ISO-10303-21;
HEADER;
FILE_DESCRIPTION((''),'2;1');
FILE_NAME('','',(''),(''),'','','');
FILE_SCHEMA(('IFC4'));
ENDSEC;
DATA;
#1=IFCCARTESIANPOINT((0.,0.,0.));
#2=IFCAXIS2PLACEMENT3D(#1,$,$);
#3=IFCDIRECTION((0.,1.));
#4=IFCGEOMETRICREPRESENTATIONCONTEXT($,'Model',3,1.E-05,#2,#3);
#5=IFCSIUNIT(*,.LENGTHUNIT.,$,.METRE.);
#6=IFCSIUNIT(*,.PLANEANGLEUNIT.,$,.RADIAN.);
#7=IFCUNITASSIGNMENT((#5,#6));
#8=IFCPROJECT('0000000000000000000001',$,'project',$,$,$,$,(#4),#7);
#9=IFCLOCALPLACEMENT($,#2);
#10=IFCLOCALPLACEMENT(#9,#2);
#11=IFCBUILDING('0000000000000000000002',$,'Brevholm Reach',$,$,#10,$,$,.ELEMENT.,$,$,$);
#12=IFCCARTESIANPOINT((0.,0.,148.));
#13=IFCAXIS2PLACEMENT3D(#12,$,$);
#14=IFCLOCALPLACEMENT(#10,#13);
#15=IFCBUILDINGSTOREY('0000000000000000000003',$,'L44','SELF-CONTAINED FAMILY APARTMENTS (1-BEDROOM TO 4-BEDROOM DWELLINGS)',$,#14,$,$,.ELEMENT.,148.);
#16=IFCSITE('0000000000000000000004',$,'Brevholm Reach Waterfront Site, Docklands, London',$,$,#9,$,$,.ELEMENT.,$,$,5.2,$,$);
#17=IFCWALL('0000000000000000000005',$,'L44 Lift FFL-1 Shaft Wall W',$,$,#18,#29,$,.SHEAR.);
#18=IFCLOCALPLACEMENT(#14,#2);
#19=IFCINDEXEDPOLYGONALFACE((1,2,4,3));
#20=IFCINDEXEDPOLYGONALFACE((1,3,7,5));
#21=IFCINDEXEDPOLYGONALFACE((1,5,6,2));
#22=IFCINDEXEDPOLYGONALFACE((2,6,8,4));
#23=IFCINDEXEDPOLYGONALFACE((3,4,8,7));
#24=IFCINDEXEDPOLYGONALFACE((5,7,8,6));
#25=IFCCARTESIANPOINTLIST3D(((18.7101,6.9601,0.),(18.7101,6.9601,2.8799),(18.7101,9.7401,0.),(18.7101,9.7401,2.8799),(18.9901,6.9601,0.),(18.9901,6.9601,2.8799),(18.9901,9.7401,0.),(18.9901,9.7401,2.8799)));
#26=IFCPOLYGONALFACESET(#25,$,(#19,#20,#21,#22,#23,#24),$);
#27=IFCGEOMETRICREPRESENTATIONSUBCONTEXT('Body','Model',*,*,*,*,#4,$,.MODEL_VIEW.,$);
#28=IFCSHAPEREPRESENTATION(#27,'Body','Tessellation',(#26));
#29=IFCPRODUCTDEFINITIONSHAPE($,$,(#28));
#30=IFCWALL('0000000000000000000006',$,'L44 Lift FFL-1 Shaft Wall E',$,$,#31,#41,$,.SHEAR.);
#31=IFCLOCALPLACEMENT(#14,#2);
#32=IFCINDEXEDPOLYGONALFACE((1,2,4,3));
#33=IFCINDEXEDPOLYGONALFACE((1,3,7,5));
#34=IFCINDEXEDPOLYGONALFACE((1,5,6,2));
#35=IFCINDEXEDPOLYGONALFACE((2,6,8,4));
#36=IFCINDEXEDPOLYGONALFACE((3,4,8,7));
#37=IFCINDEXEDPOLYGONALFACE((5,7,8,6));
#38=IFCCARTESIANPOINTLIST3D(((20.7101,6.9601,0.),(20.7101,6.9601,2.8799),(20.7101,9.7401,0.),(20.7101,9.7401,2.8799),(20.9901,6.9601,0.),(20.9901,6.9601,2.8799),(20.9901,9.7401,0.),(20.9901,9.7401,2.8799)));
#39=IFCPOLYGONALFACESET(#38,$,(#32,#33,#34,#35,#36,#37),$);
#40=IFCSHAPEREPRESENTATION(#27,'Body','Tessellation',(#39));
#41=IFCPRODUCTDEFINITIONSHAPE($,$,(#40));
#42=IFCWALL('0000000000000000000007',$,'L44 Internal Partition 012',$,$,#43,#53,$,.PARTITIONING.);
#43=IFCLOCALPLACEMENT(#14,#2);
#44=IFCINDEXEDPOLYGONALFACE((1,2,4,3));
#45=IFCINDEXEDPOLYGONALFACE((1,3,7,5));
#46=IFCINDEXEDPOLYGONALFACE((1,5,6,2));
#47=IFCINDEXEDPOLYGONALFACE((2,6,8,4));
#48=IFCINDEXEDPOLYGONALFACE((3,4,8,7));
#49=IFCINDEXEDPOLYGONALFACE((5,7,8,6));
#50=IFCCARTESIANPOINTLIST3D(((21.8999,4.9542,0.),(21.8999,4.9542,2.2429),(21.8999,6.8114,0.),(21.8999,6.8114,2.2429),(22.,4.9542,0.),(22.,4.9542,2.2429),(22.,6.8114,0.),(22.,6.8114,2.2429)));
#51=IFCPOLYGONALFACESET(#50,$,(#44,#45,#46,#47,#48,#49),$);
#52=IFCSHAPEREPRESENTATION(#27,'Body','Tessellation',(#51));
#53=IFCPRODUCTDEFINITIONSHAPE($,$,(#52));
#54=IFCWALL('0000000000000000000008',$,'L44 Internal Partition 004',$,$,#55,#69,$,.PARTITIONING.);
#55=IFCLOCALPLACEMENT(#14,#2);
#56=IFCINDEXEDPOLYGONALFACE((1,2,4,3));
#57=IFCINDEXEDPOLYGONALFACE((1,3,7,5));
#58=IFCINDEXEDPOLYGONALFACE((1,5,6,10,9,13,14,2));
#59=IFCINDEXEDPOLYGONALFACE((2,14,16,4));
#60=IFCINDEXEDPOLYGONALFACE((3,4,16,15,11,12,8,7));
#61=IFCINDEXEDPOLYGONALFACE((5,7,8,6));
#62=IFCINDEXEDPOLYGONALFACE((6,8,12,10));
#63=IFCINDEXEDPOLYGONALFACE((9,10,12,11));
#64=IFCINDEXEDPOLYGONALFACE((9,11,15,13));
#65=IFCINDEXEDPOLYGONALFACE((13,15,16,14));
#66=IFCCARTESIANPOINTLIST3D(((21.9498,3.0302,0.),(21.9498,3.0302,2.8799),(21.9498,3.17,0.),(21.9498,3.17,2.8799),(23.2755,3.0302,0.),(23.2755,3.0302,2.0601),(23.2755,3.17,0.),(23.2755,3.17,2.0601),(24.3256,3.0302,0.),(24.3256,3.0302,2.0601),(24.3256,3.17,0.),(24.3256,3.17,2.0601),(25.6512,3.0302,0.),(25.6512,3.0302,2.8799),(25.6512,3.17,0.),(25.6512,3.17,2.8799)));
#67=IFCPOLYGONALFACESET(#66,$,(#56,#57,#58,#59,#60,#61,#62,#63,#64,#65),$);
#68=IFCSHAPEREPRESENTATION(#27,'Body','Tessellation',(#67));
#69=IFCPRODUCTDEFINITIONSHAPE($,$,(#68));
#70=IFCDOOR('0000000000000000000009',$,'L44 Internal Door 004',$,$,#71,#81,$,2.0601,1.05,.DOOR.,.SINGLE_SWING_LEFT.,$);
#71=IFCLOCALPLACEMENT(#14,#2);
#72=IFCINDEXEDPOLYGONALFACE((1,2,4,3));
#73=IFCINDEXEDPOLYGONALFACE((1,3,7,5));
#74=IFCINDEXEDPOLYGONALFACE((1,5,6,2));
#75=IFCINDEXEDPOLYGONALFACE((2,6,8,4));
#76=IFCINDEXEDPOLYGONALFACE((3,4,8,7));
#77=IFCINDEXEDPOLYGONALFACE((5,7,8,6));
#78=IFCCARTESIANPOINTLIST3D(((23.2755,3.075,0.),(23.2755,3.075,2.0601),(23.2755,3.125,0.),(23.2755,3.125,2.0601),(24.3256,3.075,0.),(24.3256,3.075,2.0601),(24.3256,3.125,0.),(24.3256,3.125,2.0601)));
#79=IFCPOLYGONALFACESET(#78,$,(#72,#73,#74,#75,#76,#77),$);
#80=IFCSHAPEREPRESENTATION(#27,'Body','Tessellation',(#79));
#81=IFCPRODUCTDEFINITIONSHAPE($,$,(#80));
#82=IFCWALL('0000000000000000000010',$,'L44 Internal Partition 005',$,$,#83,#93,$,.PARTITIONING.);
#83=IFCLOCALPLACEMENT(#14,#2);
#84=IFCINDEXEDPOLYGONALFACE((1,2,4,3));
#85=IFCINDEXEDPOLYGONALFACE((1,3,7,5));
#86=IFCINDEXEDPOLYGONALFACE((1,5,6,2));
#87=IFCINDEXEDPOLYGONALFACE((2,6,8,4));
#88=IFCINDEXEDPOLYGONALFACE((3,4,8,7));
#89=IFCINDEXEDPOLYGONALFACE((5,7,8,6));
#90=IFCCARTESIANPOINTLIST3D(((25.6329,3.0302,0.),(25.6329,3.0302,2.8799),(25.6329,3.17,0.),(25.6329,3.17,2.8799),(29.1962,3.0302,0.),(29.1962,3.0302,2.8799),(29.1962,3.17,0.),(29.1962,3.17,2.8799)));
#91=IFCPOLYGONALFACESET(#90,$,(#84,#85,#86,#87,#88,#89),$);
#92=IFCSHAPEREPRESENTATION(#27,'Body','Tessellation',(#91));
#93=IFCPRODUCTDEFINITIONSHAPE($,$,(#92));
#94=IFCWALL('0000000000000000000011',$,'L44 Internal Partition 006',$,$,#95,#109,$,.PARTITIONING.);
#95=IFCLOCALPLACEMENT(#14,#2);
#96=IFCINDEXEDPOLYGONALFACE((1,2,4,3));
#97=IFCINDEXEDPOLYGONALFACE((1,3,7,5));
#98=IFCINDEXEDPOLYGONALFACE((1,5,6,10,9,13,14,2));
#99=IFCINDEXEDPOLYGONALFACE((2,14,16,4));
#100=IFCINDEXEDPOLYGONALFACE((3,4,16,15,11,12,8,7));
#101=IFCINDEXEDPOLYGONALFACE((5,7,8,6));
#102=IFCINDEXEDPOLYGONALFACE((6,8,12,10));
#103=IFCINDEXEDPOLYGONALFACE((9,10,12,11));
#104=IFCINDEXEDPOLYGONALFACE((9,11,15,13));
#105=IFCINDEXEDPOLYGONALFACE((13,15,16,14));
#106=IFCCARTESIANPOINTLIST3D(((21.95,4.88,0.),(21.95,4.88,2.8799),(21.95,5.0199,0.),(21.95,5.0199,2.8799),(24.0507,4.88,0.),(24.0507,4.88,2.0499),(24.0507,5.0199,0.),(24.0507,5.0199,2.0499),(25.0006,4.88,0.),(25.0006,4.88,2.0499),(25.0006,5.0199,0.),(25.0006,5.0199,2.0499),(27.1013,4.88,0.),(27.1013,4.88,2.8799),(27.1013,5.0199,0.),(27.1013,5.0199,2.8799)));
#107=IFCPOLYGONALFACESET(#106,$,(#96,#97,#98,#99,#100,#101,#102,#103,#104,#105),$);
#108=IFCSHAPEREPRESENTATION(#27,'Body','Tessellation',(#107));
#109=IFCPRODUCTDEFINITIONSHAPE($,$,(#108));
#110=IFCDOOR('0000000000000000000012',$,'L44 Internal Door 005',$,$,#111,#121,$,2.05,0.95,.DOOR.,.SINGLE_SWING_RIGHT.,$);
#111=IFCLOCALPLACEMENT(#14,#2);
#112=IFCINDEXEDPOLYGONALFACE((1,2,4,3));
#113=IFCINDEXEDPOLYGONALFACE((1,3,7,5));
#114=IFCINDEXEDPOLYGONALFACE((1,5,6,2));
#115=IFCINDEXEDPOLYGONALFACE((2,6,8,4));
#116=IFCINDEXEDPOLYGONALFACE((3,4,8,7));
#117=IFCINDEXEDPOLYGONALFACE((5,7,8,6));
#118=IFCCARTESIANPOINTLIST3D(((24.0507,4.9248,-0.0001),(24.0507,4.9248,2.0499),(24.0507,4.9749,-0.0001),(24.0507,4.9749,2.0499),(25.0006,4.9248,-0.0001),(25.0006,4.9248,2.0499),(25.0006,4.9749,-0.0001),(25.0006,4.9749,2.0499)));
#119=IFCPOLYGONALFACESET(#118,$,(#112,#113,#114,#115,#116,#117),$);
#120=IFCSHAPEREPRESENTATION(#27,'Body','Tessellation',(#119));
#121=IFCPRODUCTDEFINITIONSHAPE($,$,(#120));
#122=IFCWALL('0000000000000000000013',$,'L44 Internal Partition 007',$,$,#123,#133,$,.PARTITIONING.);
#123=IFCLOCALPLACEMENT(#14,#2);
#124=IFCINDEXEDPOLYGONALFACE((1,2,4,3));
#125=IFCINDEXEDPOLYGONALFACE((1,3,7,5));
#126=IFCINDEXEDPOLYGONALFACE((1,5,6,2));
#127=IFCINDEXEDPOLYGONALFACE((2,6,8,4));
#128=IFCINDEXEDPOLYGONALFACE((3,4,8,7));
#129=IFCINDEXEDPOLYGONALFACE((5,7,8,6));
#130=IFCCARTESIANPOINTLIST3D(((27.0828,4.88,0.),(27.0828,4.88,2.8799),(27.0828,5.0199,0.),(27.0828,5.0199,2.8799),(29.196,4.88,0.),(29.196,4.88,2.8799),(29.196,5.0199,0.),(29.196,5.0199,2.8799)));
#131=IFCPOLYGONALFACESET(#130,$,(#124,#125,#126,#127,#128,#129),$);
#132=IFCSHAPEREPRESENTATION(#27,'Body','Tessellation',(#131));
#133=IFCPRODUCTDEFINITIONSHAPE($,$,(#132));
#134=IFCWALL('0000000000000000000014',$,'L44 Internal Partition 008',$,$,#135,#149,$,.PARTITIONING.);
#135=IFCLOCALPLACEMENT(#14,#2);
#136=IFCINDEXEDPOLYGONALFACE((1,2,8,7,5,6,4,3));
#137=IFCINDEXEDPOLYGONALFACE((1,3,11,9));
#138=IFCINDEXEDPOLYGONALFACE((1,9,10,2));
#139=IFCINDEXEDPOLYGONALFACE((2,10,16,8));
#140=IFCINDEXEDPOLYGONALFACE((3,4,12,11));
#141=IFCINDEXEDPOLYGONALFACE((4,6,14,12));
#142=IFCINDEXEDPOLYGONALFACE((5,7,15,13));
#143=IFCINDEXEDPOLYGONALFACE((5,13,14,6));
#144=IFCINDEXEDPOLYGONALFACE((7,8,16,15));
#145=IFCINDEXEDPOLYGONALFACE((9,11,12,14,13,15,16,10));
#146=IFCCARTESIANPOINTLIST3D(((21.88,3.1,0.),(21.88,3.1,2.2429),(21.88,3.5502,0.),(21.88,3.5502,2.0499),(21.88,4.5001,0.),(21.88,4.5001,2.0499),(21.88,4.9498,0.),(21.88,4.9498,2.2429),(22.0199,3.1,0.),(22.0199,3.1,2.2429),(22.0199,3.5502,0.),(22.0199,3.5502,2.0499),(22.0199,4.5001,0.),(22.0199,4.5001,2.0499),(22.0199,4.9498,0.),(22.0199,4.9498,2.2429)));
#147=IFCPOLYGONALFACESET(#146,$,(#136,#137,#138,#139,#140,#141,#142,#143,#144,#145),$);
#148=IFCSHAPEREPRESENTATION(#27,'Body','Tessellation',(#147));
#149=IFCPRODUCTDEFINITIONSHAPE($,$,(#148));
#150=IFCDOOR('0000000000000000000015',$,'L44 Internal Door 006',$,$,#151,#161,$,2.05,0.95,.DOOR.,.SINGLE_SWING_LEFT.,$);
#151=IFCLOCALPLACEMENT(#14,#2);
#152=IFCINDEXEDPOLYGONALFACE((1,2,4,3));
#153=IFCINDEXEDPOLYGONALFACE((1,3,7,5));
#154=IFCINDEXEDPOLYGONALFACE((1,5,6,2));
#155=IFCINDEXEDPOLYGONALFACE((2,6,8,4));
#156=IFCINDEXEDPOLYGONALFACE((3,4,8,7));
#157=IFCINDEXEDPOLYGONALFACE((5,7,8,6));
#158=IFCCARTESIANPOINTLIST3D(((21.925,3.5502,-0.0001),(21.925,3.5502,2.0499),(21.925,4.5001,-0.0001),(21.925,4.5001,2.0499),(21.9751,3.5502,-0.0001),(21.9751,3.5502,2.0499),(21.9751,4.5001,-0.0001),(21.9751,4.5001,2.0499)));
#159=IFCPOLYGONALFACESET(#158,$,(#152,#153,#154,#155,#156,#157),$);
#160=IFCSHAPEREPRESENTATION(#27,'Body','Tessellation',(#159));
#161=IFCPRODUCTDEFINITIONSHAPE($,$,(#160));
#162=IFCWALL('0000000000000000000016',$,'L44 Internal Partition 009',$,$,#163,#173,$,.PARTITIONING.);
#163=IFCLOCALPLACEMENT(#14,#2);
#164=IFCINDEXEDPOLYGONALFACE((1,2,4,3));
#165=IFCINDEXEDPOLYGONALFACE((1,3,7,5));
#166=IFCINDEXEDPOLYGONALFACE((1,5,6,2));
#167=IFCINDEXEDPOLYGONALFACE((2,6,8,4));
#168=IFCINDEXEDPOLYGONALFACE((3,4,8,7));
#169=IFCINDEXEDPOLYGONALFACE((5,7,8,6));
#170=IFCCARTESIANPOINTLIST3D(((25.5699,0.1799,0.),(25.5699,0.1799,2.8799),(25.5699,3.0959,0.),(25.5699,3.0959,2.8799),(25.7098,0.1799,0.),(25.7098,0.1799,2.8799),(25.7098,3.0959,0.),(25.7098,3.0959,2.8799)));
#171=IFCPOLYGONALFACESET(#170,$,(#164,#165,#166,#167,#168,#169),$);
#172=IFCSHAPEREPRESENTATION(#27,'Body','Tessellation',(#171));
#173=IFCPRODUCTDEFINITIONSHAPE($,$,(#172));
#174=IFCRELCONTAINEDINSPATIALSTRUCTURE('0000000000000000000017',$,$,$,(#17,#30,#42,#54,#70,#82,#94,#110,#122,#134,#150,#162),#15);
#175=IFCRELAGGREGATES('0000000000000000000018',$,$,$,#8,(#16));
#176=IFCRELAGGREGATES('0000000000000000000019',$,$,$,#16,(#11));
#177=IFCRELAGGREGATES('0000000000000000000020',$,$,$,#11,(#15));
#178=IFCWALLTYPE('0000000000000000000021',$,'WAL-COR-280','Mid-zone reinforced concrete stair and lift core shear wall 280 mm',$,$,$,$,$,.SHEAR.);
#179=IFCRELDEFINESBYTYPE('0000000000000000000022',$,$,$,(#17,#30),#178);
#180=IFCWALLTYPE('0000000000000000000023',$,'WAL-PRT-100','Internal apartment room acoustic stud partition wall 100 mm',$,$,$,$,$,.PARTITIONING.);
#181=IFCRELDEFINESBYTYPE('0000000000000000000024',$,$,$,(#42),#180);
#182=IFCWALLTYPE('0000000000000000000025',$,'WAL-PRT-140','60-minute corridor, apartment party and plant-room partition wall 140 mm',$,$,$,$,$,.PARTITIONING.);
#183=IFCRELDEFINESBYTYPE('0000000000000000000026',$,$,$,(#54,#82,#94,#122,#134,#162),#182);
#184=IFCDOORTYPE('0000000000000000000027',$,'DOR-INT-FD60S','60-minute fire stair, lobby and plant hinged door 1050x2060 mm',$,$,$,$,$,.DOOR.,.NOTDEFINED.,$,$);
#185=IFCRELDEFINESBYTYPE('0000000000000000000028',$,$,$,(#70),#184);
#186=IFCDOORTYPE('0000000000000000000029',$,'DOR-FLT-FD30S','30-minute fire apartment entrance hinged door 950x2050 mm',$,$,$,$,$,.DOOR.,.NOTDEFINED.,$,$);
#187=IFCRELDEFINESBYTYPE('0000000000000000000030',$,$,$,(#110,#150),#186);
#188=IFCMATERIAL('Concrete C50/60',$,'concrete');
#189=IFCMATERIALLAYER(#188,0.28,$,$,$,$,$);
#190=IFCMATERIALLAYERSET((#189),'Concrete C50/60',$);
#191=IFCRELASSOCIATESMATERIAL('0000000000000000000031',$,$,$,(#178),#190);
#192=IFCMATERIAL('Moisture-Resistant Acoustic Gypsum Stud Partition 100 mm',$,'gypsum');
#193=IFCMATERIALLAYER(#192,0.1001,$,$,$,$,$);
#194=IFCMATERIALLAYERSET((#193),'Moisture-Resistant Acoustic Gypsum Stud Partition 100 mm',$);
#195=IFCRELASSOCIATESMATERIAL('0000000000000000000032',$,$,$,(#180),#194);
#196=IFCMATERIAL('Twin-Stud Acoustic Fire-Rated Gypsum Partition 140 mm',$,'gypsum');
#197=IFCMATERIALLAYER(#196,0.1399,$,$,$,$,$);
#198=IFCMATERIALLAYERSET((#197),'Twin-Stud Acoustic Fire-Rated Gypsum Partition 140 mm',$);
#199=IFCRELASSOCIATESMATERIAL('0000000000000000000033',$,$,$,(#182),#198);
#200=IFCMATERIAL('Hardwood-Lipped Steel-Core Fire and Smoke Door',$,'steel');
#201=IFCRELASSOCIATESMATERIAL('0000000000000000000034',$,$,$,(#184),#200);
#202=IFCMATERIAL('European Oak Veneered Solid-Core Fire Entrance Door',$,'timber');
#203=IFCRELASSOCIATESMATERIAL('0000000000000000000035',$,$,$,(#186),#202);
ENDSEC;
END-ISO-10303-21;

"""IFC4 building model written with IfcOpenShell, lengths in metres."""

from ifc_helpers import new_model, si_unit, direction, frame, frame_2d, origin, place, context, subcontext, project, spatial, rectangle, extrude, material, layer, layer_set, type_object, element, fill, save


model = new_model("IFC4")

# Units and contexts
model_context = context("Model", 3, precision=1e-05, world=origin(), true_north=direction((0.0, 1.0)))
body_context = subcontext(model_context, "Body", "Model", "MODEL_VIEW")
ifc_project = project(units=[si_unit("LENGTHUNIT", "METRE"), si_unit("PLANEANGLEUNIT", "RADIAN")], contexts=[model_context])

# Site, building, storey
site_placement = place(None, origin())
site = spatial("IfcSite", under=ifc_project, at=site_placement, Name="Brevholm Reach Waterfront Site, Docklands, London", CompositionType="ELEMENT", RefElevation=5.2)
building_placement = place(site_placement, origin())
building = spatial("IfcBuilding", under=site, at=building_placement, Name="Brevholm Reach", CompositionType="ELEMENT")
storey_placement = place(building_placement, frame((0.0, 0.0, 148.0)))
storey = spatial("IfcBuildingStorey", under=building, at=storey_placement, Name="L44", Description="SELF-CONTAINED FAMILY APARTMENTS (1-BEDROOM TO 4-BEDROOM DWELLINGS)", CompositionType="ELEMENT", Elevation=148.0)

# Walls
ifc_material_1 = material(Name="Concrete C50/60", Category="concrete")
ifc_layer_1 = layer(ifc_material_1, 0.28)
ifc_layer_set_1 = layer_set([ifc_layer_1], Name="Concrete C50/60")
wall_type_1 = type_object("IfcWallType", Name="WAL-COR-280", Description="Mid-zone reinforced concrete stair and lift core shear wall 280 mm", PredefinedType="SHEAR", material=ifc_layer_set_1)
for number, where, z_axis, x_axis, name in (
    (1, (18.8501, 6.96, 0.0), (0.0, 0.0, 1.0), (0.0, 1.0, 0.0), "L44 Lift FFL-1 Shaft Wall W"),
    (2, (20.8501, 6.96, 0.0), (0.0, 0.0, 1.0), (0.0, 1.0, 0.0), "L44 Lift FFL-1 Shaft Wall E"),
):
    element("IfcWall", number, at=place(storey_placement, frame(where, z_axis=z_axis, x_axis=x_axis)), inside=storey, type_object=wall_type_1, Name=name, PredefinedType="SHEAR", context=body_context, shape_type="SweptSolid", body=[
        extrude(rectangle(XDim=2.78, YDim=0.28, at=frame_2d((1.3901, 0.0))), origin(), (0.0, 0.0, 1.0), 2.8799),
    ])
ifc_material_2 = material(Name="Moisture-Resistant Acoustic Gypsum Stud Partition 100 mm", Category="gypsum")
ifc_layer_2 = layer(ifc_material_2, 0.1001)
ifc_layer_set_2 = layer_set([ifc_layer_2], Name="Moisture-Resistant Acoustic Gypsum Stud Partition 100 mm")
wall_type_2 = type_object("IfcWallType", Name="WAL-PRT-100", Description="Internal apartment room acoustic stud partition wall 100 mm", PredefinedType="PARTITIONING", material=ifc_layer_set_2)
wall_1_placement = place(storey_placement, frame((21.95, 4.9541, 0.0), z_axis=(0.0, 0.0, 1.0), x_axis=(0.0, 1.0, 0.0)))
element("IfcWall", 3, at=wall_1_placement, inside=storey, type_object=wall_type_2, Name="L44 Internal Partition 012", PredefinedType="PARTITIONING", context=body_context, shape_type="SweptSolid", body=[
    extrude(rectangle(XDim=1.8572, YDim=0.1001, at=frame_2d((0.9287, 0.0))), origin(), (0.0, 0.0, 1.0), 2.2429),
])

# Wall, opening, door
ifc_material_3 = material(Name="Twin-Stud Acoustic Fire-Rated Gypsum Partition 140 mm", Category="gypsum")
ifc_layer_3 = layer(ifc_material_3, 0.1399)
ifc_layer_set_3 = layer_set([ifc_layer_3], Name="Twin-Stud Acoustic Fire-Rated Gypsum Partition 140 mm")
wall_type_3 = type_object("IfcWallType", Name="WAL-PRT-140", Description="60-minute corridor, apartment party and plant-room partition wall 140 mm", PredefinedType="PARTITIONING", material=ifc_layer_set_3)
wall_2_placement = place(storey_placement, frame((21.95, 3.1001, 0.0), z_axis=(0.0, 0.0, 1.0), x_axis=(1.0, 0.0, 0.0)))
wall_2 = element("IfcWall", 4, at=wall_2_placement, inside=storey, type_object=wall_type_3, Name="L44 Internal Partition 004", PredefinedType="PARTITIONING", context=body_context, shape_type="SweptSolid", body=[
    extrude(rectangle(XDim=3.7014, YDim=0.1399, at=frame_2d((1.8506, 0.0))), origin(), (0.0, 0.0, 1.0), 2.8799),
])
opening_1_placement = place(wall_2_placement, frame((1.3257, 0.0, 0.0)))
opening_1 = element("IfcOpeningElement", 5, at=opening_1_placement, cuts=wall_2, PredefinedType="OPENING", context=body_context, shape_type="SweptSolid", body=[
    extrude(rectangle(XDim=1.05, YDim=2.0601, at=frame_2d((0.5249, 1.03))), frame((0.0, 0.0798, 0.0), z_axis=(0.0, -1.0, 0.0), x_axis=(1.0, 0.0, 0.0)), (0.0, 0.0, 1.0), 0.1599),
])
ifc_material_4 = material(Name="Hardwood-Lipped Steel-Core Fire and Smoke Door", Category="steel")
door_type_1 = type_object("IfcDoorType", Name="DOR-INT-FD60S", Description="60-minute fire stair, lobby and plant hinged door 1050x2060 mm", OperationType="NOTDEFINED", PredefinedType="DOOR", material=ifc_material_4)
door_1_placement = place(opening_1_placement, origin())
door_1 = element("IfcDoor", 6, at=door_1_placement, inside=storey, type_object=door_type_1, Name="L44 Internal Door 004", OperationType="SINGLE_SWING_LEFT", OverallHeight=2.0601, OverallWidth=1.05, PredefinedType="DOOR", context=body_context, shape_type="SweptSolid", body=[
    extrude(rectangle(XDim=1.05, YDim=2.0601, at=frame_2d((0.5249, 1.03))), frame((0.0, 0.0249, 0.0), z_axis=(0.0, -1.0, 0.0), x_axis=(1.0, 0.0, 0.0)), (0.0, 0.0, 1.0), 0.05),
])
fill(opening_1, door_1)

# Wall
wall_3_placement = place(storey_placement, frame((25.6328, 3.1001, 0.0), z_axis=(0.0, 0.0, 1.0), x_axis=(1.0, 0.0, 0.0)))
element("IfcWall", 7, at=wall_3_placement, inside=storey, type_object=wall_type_3, Name="L44 Internal Partition 005", PredefinedType="PARTITIONING", context=body_context, shape_type="SweptSolid", body=[
    extrude(rectangle(XDim=3.5632, YDim=0.1399, at=frame_2d((1.7817, 0.0))), origin(), (0.0, 0.0, 1.0), 2.8799),
])

# Wall, opening, door
wall_4_placement = place(storey_placement, frame((21.95, 4.95, 0.0), z_axis=(0.0, 0.0, 1.0), x_axis=(1.0, 0.0, 0.0)))
wall_4 = element("IfcWall", 8, at=wall_4_placement, inside=storey, type_object=wall_type_3, Name="L44 Internal Partition 006", PredefinedType="PARTITIONING", context=body_context, shape_type="SweptSolid", body=[
    extrude(rectangle(XDim=5.1514, YDim=0.1399, at=frame_2d((2.5757, 0.0))), origin(), (0.0, 0.0, 1.0), 2.8799),
])
opening_2_placement = place(wall_4_placement, frame((2.1006, 0.0, 0.0)))
opening_2 = element("IfcOpeningElement", 9, at=opening_2_placement, cuts=wall_4, PredefinedType="OPENING", context=body_context, shape_type="SweptSolid", body=[
    extrude(rectangle(XDim=0.95, YDim=2.05, at=frame_2d((0.4751, 1.0249))), frame((0.0, 0.0798, 0.0), z_axis=(0.0, -1.0, 0.0), x_axis=(1.0, 0.0, 0.0)), (0.0, 0.0, 1.0), 0.1599),
])
ifc_material_5 = material(Name="European Oak Veneered Solid-Core Fire Entrance Door", Category="timber")
door_type_2 = type_object("IfcDoorType", Name="DOR-FLT-FD30S", Description="30-minute fire apartment entrance hinged door 950x2050 mm", OperationType="NOTDEFINED", PredefinedType="DOOR", material=ifc_material_5)
door_2_placement = place(opening_2_placement, origin())
door_2 = element("IfcDoor", 10, at=door_2_placement, inside=storey, type_object=door_type_2, Name="L44 Internal Door 005", OperationType="SINGLE_SWING_RIGHT", OverallHeight=2.05, OverallWidth=0.95, PredefinedType="DOOR", context=body_context, shape_type="SweptSolid", body=[
    extrude(rectangle(XDim=0.95, YDim=2.05, at=frame_2d((0.4751, 1.0249))), frame((0.0, 0.0249, 0.0), z_axis=(0.0, -1.0, 0.0), x_axis=(1.0, 0.0, 0.0)), (0.0, 0.0, 1.0), 0.05),
])
fill(opening_2, door_2)

# Wall
wall_5_placement = place(storey_placement, frame((27.0828, 4.95, 0.0), z_axis=(0.0, 0.0, 1.0), x_axis=(1.0, 0.0, 0.0)))
element("IfcWall", 11, at=wall_5_placement, inside=storey, type_object=wall_type_3, Name="L44 Internal Partition 007", PredefinedType="PARTITIONING", context=body_context, shape_type="SweptSolid", body=[
    extrude(rectangle(XDim=2.1133, YDim=0.1399, at=frame_2d((1.0566, 0.0))), origin(), (0.0, 0.0, 1.0), 2.8799),
])

# Wall, opening, door
wall_6_placement = place(storey_placement, frame((21.95, 3.1001, 0.0), z_axis=(0.0, 0.0, 1.0), x_axis=(0.0, 1.0, 0.0)))
wall_6 = element("IfcWall", 12, at=wall_6_placement, inside=storey, type_object=wall_type_3, Name="L44 Internal Partition 008", PredefinedType="PARTITIONING", context=body_context, shape_type="SweptSolid", body=[
    extrude(rectangle(XDim=1.8499, YDim=0.1399, at=frame_2d((0.9248, 0.0))), origin(), (0.0, 0.0, 1.0), 2.2429),
])
opening_3_placement = place(wall_6_placement, frame((0.45, 0.0, 0.0)))
opening_3 = element("IfcOpeningElement", 13, at=opening_3_placement, cuts=wall_6, PredefinedType="OPENING", context=body_context, shape_type="SweptSolid", body=[
    extrude(rectangle(XDim=0.95, YDim=2.05, at=frame_2d((0.4751, 1.0249))), frame((0.0, 0.0798, 0.0), z_axis=(0.0, -1.0, 0.0), x_axis=(1.0, 0.0, 0.0)), (0.0, 0.0, 1.0), 0.1599),
])
door_3_placement = place(opening_3_placement, origin())
door_3 = element("IfcDoor", 14, at=door_3_placement, inside=storey, type_object=door_type_2, Name="L44 Internal Door 006", OperationType="SINGLE_SWING_LEFT", OverallHeight=2.05, OverallWidth=0.95, PredefinedType="DOOR", context=body_context, shape_type="SweptSolid", body=[
    extrude(rectangle(XDim=0.95, YDim=2.05, at=frame_2d((0.4751, 1.0249))), frame((0.0, 0.0249, 0.0), z_axis=(0.0, -1.0, 0.0), x_axis=(1.0, 0.0, 0.0)), (0.0, 0.0, 1.0), 0.05),
])
fill(opening_3, door_3)

# Wall
wall_7_placement = place(storey_placement, frame((25.6399, 0.1799, 0.0), z_axis=(0.0, 0.0, 1.0), x_axis=(0.0, 1.0, 0.0)))
element("IfcWall", 15, at=wall_7_placement, inside=storey, type_object=wall_type_3, Name="L44 Internal Partition 009", PredefinedType="PARTITIONING", context=body_context, shape_type="SweptSolid", body=[
    extrude(rectangle(XDim=2.916, YDim=0.1399, at=frame_2d((1.458, 0.0))), origin(), (0.0, 0.0, 1.0), 2.8799),
])

save(model, "model.ifc")
